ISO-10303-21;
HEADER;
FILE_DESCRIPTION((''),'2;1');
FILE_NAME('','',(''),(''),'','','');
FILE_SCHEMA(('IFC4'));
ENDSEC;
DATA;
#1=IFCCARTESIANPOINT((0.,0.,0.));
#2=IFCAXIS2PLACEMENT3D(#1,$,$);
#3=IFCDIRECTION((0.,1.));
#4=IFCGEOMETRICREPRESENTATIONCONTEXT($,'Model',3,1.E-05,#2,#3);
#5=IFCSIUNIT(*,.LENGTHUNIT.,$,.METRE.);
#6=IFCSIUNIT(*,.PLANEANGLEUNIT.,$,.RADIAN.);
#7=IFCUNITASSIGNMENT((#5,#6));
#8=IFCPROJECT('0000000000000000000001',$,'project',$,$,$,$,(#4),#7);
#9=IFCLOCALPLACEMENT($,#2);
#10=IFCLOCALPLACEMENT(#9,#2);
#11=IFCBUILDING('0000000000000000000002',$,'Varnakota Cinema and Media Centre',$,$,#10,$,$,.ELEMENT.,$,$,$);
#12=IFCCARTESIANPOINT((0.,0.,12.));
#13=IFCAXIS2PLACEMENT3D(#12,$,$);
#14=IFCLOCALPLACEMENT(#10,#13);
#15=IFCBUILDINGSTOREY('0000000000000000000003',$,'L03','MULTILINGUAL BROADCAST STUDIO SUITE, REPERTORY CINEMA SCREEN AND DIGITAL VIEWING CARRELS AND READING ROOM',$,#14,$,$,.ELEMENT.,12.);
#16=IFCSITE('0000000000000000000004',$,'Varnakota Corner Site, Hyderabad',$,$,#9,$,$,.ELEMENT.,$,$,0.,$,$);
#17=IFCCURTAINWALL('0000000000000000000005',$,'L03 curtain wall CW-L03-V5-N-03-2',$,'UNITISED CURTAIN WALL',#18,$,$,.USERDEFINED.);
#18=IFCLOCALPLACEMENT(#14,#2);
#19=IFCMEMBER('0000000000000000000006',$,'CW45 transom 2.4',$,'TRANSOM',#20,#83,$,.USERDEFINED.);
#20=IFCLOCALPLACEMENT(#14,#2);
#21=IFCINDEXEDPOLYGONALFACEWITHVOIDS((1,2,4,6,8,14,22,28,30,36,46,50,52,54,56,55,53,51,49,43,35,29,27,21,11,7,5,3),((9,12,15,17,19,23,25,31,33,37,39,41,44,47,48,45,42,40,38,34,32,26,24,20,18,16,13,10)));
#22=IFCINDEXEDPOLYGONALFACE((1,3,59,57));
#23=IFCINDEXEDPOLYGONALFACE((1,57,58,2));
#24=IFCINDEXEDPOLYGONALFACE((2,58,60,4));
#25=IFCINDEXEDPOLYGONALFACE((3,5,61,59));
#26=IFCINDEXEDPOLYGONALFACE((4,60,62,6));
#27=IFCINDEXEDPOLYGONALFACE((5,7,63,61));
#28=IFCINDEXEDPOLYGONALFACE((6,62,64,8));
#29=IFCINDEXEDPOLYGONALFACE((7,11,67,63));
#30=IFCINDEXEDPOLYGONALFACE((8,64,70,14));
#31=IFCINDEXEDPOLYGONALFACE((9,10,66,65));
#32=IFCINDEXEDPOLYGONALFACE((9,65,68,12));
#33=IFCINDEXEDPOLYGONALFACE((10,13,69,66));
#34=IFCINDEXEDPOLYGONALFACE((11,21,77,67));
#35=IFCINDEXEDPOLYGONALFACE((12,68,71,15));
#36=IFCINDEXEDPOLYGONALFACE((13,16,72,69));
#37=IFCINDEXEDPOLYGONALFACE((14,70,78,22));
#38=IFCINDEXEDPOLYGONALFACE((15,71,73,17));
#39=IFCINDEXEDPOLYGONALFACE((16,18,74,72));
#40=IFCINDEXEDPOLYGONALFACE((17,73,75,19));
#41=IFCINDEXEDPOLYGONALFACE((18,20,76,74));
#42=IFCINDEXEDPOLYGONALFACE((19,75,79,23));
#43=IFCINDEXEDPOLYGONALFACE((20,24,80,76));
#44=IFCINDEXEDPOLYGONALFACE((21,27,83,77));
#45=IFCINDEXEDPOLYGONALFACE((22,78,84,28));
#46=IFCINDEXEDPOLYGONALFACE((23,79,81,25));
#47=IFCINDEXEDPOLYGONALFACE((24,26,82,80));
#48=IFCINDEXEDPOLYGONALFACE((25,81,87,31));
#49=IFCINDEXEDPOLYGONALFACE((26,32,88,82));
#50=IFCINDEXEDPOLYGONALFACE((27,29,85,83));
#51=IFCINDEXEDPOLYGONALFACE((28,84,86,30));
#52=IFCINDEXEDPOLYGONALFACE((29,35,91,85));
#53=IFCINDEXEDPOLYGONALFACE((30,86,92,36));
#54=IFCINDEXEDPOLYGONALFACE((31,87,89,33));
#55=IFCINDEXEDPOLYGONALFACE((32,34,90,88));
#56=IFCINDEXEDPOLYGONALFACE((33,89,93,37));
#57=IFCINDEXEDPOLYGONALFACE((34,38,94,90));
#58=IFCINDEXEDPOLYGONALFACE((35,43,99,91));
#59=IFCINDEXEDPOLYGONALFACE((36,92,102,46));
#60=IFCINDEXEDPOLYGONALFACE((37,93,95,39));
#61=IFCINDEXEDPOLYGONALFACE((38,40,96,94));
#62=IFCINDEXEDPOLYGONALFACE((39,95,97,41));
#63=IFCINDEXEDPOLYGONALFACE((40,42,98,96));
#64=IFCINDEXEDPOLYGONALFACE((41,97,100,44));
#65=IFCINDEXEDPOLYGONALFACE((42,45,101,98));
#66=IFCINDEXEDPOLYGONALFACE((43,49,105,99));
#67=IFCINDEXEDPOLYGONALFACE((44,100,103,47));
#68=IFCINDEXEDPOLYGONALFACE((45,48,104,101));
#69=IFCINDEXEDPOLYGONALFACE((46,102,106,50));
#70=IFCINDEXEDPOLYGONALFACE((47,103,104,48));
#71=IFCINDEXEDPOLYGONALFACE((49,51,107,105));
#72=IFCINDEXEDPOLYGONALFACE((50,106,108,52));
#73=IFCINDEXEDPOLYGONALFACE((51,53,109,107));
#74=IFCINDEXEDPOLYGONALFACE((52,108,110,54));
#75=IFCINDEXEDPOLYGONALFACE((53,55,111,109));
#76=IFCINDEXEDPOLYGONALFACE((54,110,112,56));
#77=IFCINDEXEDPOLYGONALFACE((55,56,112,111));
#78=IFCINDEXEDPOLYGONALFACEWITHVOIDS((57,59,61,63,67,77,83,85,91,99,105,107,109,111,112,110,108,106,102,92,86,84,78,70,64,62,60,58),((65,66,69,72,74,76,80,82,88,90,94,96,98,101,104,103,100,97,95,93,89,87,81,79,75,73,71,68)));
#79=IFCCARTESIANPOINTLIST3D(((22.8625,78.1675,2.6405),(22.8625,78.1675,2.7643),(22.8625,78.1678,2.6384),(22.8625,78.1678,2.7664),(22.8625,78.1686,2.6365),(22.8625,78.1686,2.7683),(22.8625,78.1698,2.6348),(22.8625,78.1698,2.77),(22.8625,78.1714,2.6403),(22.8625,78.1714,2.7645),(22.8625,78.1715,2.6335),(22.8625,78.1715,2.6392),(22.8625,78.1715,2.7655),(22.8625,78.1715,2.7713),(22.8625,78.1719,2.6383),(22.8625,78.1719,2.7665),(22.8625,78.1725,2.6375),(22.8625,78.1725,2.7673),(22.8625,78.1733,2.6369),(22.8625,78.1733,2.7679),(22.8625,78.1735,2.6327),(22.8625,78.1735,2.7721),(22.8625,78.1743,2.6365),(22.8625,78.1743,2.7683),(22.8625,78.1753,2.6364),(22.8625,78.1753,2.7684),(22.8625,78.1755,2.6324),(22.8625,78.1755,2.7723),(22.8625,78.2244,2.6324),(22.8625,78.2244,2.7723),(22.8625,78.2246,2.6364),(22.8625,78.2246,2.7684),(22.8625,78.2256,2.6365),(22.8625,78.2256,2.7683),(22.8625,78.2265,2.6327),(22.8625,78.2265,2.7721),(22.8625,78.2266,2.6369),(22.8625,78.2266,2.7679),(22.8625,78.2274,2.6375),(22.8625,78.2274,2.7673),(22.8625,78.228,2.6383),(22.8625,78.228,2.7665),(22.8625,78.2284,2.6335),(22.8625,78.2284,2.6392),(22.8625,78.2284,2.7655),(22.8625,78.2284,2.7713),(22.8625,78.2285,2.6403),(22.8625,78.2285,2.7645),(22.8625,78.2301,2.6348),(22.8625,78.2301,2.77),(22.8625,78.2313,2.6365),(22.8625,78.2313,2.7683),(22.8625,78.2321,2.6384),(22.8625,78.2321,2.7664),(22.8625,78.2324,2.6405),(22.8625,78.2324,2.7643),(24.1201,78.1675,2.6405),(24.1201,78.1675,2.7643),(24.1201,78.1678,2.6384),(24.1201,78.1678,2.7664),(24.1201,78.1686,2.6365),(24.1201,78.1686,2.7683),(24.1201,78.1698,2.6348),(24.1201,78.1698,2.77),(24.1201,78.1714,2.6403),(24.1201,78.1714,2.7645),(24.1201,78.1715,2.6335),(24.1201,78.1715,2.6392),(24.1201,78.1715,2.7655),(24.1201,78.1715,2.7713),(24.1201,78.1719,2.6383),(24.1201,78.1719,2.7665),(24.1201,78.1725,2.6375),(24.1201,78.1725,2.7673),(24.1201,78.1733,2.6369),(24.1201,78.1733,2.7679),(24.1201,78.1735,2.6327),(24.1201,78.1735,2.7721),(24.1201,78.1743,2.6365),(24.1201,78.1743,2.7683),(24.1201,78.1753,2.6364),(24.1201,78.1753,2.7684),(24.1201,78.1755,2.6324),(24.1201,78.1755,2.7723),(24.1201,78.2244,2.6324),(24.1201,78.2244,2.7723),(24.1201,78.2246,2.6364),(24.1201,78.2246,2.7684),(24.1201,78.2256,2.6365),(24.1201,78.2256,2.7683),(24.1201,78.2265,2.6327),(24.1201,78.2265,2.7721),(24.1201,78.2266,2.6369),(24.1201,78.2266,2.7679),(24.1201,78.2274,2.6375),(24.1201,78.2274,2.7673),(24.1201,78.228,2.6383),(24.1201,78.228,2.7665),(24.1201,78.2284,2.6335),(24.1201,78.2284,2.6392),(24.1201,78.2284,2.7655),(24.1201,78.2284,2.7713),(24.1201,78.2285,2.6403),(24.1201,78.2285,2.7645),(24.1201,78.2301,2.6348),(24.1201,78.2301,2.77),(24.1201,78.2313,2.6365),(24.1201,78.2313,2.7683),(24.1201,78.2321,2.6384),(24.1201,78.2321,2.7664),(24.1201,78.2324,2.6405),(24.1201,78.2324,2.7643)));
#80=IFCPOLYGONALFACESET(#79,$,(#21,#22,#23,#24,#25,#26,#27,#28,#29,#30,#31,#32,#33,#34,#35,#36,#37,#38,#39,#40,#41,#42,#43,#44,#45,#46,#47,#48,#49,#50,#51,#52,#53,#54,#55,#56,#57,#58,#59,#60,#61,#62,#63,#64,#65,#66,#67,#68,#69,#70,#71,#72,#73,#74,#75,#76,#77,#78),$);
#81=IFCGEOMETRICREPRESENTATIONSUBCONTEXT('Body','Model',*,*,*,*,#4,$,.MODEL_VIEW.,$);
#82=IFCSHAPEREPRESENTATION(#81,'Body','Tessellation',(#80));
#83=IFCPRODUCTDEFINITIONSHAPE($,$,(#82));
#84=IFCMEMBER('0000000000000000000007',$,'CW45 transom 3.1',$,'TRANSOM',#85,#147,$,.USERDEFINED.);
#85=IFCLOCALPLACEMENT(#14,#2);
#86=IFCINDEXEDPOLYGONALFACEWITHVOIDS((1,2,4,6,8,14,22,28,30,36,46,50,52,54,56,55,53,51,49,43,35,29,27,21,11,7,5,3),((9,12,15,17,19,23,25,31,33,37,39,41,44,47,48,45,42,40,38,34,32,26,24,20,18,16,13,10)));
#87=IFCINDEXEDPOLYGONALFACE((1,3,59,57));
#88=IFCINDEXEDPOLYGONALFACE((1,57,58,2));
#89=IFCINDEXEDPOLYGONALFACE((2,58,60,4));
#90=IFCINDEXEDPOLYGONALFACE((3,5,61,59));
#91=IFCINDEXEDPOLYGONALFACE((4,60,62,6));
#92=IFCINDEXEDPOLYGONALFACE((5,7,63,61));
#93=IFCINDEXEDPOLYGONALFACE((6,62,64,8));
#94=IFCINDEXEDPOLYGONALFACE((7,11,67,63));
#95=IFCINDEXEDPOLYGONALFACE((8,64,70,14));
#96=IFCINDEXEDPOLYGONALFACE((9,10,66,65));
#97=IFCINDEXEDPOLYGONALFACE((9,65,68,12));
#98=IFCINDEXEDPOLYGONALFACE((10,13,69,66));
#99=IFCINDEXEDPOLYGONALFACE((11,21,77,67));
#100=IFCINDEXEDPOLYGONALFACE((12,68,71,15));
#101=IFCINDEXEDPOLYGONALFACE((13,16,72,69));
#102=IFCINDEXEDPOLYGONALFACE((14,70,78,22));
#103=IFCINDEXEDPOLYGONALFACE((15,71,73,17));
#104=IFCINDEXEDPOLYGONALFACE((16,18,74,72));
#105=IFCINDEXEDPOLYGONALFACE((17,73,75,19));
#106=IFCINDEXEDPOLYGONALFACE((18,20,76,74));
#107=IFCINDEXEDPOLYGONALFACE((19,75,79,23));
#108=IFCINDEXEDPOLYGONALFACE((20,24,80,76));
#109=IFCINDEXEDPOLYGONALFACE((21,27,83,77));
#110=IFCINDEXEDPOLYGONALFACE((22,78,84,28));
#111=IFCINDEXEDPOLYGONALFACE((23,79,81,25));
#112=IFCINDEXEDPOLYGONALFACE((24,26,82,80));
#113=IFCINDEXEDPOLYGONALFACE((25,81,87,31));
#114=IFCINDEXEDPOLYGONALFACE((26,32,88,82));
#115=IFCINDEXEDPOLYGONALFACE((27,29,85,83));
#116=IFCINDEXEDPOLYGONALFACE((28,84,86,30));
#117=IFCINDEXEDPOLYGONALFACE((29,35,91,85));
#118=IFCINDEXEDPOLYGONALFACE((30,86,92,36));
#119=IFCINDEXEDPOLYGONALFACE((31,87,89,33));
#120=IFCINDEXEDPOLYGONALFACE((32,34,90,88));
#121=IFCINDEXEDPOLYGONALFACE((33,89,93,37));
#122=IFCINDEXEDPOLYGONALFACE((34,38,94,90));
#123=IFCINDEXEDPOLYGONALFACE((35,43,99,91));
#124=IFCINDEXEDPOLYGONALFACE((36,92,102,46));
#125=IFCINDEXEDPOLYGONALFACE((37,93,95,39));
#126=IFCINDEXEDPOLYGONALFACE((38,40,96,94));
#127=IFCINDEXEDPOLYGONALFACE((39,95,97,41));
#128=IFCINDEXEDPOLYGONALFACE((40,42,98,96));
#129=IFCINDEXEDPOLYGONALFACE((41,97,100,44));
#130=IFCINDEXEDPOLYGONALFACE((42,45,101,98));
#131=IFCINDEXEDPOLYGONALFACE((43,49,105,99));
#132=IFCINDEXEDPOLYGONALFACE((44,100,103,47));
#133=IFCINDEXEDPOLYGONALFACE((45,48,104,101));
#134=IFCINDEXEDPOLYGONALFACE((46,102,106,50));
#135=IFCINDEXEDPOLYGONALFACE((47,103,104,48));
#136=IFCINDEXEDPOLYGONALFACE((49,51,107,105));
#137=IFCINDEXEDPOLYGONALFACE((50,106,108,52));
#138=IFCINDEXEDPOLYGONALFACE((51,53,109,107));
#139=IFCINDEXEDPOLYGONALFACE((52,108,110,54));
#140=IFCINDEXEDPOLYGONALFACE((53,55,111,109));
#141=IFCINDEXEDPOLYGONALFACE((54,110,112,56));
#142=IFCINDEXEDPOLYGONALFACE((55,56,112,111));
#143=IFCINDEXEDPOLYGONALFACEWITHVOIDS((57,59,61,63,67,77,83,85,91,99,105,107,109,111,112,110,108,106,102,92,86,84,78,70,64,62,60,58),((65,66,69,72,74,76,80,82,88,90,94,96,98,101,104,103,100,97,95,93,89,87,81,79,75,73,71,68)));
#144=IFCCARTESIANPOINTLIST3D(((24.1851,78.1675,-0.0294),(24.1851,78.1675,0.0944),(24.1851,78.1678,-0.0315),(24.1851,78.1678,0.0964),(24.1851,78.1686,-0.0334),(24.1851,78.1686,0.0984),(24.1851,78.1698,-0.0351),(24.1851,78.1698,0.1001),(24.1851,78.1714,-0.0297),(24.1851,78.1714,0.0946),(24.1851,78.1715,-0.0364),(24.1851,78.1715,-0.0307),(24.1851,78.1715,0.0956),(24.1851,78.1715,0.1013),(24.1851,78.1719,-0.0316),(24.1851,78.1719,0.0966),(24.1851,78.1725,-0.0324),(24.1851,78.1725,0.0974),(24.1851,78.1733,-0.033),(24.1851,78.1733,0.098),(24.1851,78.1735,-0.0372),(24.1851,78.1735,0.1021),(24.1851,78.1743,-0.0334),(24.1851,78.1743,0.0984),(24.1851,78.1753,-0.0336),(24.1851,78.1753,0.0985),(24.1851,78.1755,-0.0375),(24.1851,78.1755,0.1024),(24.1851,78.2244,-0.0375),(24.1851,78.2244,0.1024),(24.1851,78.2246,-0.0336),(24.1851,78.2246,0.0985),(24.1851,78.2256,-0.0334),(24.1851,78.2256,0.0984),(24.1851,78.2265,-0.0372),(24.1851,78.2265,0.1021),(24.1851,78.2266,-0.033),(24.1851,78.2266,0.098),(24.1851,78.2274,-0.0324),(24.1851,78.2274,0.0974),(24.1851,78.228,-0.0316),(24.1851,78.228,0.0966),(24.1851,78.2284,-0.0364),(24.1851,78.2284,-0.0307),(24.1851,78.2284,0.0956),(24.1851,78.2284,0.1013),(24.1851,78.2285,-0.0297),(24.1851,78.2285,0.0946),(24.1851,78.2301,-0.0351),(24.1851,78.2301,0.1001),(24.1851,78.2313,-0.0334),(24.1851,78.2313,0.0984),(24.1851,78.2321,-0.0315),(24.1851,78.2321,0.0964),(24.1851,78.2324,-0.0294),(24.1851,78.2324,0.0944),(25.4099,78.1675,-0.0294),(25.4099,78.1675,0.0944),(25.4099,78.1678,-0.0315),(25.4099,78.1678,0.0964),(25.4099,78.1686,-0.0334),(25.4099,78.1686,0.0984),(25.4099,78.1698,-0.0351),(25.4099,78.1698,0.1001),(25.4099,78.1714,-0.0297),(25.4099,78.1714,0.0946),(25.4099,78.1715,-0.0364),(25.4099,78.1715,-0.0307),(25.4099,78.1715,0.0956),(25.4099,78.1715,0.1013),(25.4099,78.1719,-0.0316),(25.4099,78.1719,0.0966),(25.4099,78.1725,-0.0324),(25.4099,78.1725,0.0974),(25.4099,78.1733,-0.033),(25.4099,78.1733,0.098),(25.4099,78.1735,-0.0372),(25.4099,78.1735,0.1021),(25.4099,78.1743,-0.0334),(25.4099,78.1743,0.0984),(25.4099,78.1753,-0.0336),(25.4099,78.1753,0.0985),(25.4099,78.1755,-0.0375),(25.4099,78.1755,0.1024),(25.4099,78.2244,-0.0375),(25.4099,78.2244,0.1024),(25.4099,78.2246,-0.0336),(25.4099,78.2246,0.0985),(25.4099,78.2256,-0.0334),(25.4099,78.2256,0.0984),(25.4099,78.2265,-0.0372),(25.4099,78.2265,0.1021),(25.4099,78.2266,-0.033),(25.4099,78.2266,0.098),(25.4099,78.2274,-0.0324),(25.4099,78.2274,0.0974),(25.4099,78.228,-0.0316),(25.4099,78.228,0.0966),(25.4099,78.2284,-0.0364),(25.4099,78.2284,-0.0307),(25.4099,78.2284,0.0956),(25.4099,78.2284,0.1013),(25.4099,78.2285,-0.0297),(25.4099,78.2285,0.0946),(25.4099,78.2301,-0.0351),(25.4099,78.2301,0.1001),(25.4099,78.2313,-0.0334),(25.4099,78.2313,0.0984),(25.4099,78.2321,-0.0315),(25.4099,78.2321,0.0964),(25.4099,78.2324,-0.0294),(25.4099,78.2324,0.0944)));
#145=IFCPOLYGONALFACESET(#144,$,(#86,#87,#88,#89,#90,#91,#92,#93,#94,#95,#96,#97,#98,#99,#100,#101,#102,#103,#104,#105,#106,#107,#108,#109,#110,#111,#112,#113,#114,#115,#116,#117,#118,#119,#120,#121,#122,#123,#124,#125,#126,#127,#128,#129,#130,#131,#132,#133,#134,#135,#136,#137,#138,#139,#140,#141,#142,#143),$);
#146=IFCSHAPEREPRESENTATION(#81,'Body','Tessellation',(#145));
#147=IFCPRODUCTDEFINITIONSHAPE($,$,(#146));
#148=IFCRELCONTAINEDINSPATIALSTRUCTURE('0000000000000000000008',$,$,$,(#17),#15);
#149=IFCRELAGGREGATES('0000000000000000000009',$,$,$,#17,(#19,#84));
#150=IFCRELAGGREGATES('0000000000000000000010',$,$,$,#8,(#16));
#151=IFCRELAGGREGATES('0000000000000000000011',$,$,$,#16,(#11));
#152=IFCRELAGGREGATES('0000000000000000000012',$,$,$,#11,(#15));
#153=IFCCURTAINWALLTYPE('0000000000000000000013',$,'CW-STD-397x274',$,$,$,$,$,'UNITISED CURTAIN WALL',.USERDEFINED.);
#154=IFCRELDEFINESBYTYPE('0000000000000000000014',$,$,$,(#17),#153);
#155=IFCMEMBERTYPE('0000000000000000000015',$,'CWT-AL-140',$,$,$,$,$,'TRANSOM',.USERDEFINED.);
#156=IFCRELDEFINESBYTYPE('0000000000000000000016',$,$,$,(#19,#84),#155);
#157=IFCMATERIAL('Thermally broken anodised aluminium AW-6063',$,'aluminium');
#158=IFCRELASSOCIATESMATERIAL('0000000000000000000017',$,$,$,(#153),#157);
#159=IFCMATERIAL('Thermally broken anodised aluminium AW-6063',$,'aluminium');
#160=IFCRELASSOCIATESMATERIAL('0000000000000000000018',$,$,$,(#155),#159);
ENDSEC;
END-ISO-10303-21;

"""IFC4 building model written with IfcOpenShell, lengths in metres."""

from ifc_helpers import new_model, si_unit, direction, frame, origin, origin_2d, place, context, subcontext, project, spatial, hollow_rectangle, extrude, material, material_profile, profile_set, type_object, element, aggregate, save


model = new_model("IFC4")

# Units and contexts
model_context = context("Model", 3, precision=1e-05, world=origin(), true_north=direction((0.0, 1.0)))
body_context = subcontext(model_context, "Body", "Model", "MODEL_VIEW")
ifc_project = project(units=[si_unit("LENGTHUNIT", "METRE"), si_unit("PLANEANGLEUNIT", "RADIAN")], contexts=[model_context])

# Site, building, storey
site_placement = place(None, origin())
site = spatial("IfcSite", under=ifc_project, at=site_placement, Name="Varnakota Corner Site, Hyderabad", CompositionType="ELEMENT", RefElevation=0.0)
building_placement = place(site_placement, origin())
building = spatial("IfcBuilding", under=site, at=building_placement, Name="Varnakota Cinema and Media Centre", CompositionType="ELEMENT")
storey_placement = place(building_placement, frame((0.0, 0.0, 12.0)))
storey = spatial("IfcBuildingStorey", under=building, at=storey_placement, Name="L03", Description="MULTILINGUAL BROADCAST STUDIO SUITE, REPERTORY CINEMA SCREEN AND DIGITAL VIEWING CARRELS AND READING ROOM", CompositionType="ELEMENT", Elevation=12.0)

# Curtain wall, members
ifc_material_1 = material(Name="Thermally broken anodised aluminium AW-6063", Category="aluminium")
curtain_wall_type = type_object("IfcCurtainWallType", Name="CW-STD-397x274", ElementType="UNITISED CURTAIN WALL", PredefinedType="USERDEFINED", material=ifc_material_1)
curtain_wall_placement = place(storey_placement, origin())
curtain_wall = element("IfcCurtainWall", 1, at=curtain_wall_placement, inside=storey, type_object=curtain_wall_type, Name="L03 curtain wall CW-L03-V5-N-03-2", ObjectType="UNITISED CURTAIN WALL", PredefinedType="USERDEFINED")
ifc_material_2 = material(Name="Thermally broken anodised aluminium AW-6063", Category="aluminium")
ifc_material_profile_1 = material_profile(ifc_material_2, hollow_rectangle(XDim=0.0649, YDim=0.1399, WallThickness=0.0039, InnerFilletRadius=0.0039, OuterFilletRadius=0.0081, at=origin_2d()), Name="AL-TRANSOM 140x65x4")
ifc_profile_set_1 = profile_set([ifc_material_profile_1], Name="Thermally broken anodised aluminium AW-6063")
member_type_1 = type_object("IfcMemberType", Name="CWT-AL-140", ElementType="TRANSOM", PredefinedType="USERDEFINED", material=ifc_profile_set_1)
member_1_placement = place(storey_placement, frame((22.8625, 78.2, 2.7024), z_axis=(1.0, 0.0, 0.0), x_axis=(0.0, 1.0, 0.0)))
member_1 = element("IfcMember", 2, at=member_1_placement, type_object=member_type_1, Name="CW45 transom 2.4", ObjectType="TRANSOM", PredefinedType="USERDEFINED", context=body_context, shape_type="SweptSolid", body=[
    extrude(hollow_rectangle(XDim=0.0649, YDim=0.1399, WallThickness=0.0039, InnerFilletRadius=0.0039, OuterFilletRadius=0.0081, at=origin_2d()), origin(), (0.0, 0.0, 1.0), 1.2576),
])
member_2_placement = place(storey_placement, frame((24.1851, 78.2, 0.0325), z_axis=(1.0, 0.0, 0.0), x_axis=(0.0, 1.0, 0.0)))
member_2 = element("IfcMember", 3, at=member_2_placement, type_object=member_type_1, Name="CW45 transom 3.1", ObjectType="TRANSOM", PredefinedType="USERDEFINED", context=body_context, shape_type="SweptSolid", body=[
    extrude(hollow_rectangle(XDim=0.0649, YDim=0.1399, WallThickness=0.0039, InnerFilletRadius=0.0039, OuterFilletRadius=0.0081, at=origin_2d()), origin(), (0.0, 0.0, 1.0), 1.2249),
])
aggregate(curtain_wall, [member_1, member_2])

save(model, "model.ifc")
